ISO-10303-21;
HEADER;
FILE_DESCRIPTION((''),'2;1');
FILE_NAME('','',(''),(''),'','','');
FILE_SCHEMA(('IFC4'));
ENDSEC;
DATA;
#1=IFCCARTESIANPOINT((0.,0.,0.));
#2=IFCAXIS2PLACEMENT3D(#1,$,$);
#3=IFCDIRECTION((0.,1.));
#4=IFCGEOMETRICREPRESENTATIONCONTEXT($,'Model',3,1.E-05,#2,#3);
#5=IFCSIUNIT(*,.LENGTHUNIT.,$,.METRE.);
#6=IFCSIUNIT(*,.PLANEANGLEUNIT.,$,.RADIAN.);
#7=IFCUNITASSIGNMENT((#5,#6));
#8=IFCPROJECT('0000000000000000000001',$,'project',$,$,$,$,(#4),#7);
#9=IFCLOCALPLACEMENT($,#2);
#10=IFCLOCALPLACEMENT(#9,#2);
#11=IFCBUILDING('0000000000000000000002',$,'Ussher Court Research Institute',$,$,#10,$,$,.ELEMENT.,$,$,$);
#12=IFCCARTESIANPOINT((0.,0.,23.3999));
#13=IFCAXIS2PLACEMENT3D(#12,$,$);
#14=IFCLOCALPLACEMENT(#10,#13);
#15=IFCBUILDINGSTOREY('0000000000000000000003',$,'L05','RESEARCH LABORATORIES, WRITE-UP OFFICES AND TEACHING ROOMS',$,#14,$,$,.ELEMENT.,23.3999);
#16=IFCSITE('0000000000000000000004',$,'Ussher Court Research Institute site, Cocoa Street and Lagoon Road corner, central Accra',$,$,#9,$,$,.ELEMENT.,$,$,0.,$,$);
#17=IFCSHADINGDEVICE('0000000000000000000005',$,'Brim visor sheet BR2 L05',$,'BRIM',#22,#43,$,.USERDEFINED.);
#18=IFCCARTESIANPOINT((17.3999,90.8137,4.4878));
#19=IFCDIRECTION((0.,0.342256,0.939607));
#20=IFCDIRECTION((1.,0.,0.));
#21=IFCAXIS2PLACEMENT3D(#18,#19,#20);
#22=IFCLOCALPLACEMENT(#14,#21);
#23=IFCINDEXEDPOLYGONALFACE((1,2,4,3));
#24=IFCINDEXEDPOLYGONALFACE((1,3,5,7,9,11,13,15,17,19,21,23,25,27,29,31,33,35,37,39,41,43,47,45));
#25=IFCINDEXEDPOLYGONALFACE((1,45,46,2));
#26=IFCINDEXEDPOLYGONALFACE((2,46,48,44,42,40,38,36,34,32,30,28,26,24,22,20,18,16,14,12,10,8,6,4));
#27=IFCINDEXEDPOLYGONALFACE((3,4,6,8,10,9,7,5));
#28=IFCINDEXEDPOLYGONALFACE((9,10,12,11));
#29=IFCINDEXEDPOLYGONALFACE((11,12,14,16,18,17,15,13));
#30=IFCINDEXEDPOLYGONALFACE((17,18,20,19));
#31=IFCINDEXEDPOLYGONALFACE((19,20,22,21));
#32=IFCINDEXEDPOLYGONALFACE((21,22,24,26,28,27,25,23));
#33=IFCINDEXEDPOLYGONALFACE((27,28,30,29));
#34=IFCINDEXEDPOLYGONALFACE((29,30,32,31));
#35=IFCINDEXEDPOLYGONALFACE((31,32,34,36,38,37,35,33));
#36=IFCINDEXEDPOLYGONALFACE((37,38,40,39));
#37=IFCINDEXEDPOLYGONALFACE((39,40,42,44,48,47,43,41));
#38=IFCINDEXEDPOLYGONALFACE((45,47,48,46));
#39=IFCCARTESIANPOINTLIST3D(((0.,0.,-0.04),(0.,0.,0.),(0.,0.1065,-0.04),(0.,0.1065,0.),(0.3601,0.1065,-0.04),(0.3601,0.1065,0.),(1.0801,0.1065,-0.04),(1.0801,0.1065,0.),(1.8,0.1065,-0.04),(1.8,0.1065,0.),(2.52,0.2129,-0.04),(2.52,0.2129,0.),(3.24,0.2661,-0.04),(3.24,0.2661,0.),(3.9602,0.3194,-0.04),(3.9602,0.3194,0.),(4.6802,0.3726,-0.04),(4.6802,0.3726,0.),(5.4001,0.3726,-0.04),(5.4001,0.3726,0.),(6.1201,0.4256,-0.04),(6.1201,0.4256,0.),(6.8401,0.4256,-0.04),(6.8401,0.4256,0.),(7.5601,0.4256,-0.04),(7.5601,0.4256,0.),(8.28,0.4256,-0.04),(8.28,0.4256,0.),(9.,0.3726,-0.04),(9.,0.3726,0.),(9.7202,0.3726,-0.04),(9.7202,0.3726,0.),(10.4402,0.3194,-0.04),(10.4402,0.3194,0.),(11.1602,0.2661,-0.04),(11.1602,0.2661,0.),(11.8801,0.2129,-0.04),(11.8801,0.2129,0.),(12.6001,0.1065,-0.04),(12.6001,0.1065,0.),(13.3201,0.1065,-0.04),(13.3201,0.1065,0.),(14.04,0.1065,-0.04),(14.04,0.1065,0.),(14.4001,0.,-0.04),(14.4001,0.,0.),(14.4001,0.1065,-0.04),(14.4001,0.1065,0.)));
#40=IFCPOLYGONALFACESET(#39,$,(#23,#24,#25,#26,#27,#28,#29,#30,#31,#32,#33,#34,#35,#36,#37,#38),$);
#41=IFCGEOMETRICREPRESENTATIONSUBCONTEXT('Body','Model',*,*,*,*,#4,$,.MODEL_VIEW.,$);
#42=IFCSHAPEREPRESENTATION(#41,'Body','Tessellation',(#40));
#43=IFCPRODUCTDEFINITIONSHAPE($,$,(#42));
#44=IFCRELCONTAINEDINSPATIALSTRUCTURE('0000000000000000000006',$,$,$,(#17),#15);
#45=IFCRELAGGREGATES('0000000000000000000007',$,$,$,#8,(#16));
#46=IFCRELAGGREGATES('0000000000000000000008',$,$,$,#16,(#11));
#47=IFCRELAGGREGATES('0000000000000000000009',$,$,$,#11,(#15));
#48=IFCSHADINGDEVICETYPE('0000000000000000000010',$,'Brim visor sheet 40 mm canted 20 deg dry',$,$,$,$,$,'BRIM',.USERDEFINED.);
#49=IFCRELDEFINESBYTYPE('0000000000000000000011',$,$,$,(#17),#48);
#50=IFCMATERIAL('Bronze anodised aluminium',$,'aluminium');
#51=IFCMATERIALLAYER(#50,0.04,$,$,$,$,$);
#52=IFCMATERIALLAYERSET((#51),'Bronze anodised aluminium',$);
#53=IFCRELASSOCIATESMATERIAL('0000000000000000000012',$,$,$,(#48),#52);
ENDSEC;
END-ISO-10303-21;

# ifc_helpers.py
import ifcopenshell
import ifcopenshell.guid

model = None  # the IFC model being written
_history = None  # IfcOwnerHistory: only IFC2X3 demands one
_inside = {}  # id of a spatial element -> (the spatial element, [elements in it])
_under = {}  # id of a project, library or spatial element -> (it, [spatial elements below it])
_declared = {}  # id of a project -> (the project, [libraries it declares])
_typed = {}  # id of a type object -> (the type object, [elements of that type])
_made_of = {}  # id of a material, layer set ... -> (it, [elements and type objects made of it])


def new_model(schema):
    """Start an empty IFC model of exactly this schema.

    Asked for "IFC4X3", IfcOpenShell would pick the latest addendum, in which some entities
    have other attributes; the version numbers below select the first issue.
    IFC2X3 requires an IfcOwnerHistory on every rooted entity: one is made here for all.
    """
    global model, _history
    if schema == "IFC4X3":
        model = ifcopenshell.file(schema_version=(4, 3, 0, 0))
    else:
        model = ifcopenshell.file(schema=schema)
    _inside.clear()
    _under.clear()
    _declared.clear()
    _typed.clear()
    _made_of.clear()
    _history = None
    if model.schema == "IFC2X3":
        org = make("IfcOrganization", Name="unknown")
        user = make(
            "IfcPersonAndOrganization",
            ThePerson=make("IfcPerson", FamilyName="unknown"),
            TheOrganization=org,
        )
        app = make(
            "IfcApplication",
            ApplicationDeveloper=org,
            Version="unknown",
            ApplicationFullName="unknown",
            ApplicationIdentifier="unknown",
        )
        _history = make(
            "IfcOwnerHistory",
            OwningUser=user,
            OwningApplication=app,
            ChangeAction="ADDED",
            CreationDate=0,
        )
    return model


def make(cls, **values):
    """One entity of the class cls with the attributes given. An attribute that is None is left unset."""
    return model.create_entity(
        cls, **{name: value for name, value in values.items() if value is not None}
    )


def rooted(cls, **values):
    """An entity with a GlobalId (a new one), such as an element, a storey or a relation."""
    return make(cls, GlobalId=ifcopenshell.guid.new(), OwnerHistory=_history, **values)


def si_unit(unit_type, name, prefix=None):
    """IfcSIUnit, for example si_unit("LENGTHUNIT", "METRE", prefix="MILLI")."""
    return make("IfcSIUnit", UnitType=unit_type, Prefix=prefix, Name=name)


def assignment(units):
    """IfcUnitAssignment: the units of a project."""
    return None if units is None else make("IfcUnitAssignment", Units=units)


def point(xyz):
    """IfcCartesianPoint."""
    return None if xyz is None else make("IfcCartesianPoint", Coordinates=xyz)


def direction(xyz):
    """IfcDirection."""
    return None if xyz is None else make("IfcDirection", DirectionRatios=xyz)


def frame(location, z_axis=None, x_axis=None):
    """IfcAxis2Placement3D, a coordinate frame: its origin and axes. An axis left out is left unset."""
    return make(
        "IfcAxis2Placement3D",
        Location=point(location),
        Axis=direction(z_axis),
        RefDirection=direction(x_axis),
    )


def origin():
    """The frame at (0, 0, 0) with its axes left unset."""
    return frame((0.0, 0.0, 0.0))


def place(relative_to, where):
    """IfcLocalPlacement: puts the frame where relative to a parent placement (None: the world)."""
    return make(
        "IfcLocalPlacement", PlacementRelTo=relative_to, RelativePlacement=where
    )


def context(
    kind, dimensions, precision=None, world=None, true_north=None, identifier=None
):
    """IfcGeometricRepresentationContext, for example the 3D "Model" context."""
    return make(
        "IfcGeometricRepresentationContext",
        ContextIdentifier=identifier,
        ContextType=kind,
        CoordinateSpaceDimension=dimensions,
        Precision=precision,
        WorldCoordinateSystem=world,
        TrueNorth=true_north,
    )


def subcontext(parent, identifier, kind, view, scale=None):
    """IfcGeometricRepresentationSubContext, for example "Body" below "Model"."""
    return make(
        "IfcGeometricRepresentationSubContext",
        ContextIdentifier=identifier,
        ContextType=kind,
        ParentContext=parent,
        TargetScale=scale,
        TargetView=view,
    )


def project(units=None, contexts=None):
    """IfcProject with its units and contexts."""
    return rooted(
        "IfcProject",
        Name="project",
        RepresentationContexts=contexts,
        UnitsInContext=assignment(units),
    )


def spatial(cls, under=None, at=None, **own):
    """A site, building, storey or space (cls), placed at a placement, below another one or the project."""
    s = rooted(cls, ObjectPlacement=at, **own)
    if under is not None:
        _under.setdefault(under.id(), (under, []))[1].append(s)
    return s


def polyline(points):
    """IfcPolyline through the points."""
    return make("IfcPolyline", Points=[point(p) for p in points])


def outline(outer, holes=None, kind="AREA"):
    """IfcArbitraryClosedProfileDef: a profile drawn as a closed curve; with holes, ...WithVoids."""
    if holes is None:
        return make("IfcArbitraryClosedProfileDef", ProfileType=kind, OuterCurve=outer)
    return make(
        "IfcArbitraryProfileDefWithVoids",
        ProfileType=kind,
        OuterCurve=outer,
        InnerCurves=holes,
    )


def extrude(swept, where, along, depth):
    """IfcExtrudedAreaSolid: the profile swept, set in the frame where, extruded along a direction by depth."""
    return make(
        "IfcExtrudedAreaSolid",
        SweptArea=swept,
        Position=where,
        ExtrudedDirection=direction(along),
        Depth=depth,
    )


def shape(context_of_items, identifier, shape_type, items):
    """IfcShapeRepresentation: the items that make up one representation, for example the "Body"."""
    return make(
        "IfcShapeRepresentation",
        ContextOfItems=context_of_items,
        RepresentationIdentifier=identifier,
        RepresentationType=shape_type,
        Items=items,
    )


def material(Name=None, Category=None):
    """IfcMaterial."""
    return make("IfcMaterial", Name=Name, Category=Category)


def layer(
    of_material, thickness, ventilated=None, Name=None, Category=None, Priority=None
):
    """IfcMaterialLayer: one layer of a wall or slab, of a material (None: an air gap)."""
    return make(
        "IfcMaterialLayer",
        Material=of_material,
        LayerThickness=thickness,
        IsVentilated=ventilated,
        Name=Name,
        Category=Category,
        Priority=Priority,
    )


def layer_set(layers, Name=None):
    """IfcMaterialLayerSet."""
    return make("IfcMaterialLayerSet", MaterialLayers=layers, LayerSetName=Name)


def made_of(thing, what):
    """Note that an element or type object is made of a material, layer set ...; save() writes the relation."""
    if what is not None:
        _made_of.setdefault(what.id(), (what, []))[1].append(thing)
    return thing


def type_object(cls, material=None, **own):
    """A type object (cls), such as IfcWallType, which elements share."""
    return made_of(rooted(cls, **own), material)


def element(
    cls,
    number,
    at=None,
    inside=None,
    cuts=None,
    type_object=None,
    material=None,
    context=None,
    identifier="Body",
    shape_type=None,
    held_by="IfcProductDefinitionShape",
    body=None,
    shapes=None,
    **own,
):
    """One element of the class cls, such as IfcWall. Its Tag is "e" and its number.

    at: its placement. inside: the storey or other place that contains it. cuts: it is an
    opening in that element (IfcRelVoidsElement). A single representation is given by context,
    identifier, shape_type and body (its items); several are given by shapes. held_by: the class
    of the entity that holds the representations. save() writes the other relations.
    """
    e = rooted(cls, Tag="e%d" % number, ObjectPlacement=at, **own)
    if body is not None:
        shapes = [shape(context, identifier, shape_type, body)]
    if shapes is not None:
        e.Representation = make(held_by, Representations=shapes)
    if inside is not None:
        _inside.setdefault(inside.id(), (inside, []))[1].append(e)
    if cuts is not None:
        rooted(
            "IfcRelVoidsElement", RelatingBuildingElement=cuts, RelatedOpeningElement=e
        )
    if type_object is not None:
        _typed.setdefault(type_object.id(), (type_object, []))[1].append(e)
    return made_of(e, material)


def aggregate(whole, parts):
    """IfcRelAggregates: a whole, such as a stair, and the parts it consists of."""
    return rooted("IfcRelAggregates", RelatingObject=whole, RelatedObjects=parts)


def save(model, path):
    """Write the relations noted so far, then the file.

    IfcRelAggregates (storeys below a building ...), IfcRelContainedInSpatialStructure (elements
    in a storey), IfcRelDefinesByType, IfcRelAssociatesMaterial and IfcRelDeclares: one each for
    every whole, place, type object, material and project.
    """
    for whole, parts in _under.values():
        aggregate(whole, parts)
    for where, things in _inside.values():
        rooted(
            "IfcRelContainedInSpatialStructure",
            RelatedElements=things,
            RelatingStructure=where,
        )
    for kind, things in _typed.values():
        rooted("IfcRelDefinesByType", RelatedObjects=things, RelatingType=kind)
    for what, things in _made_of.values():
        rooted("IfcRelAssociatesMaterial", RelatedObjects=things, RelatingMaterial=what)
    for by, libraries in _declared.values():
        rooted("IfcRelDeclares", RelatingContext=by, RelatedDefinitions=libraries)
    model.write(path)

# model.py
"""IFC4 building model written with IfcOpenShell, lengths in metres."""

from ifc_helpers import new_model, si_unit, direction, frame, origin, place, context, subcontext, project, spatial, polyline, outline, extrude, material, layer, layer_set, type_object, element, save


model = new_model("IFC4")

# Units and contexts
model_context = context("Model", 3, precision=1e-05, world=origin(), true_north=direction((0.0, 1.0)))
body_context = subcontext(model_context, "Body", "Model", "MODEL_VIEW")
ifc_project = project(units=[si_unit("LENGTHUNIT", "METRE"), si_unit("PLANEANGLEUNIT", "RADIAN")], contexts=[model_context])

# Site, building, storey
site_placement = place(None, origin())
site = spatial("IfcSite", under=ifc_project, at=site_placement, Name="Ussher Court Research Institute site, Cocoa Street and Lagoon Road corner, central Accra", CompositionType="ELEMENT", RefElevation=0.0)
building_placement = place(site_placement, origin())
building = spatial("IfcBuilding", under=site, at=building_placement, Name="Ussher Court Research Institute", CompositionType="ELEMENT")
storey_placement = place(building_placement, frame((0.0, 0.0, 23.3999)))
storey = spatial("IfcBuildingStorey", under=building, at=storey_placement, Name="L05", Description="RESEARCH LABORATORIES, WRITE-UP OFFICES AND TEACHING ROOMS", CompositionType="ELEMENT", Elevation=23.3999)

# Shading device
ifc_material_1 = material(Name="Bronze anodised aluminium", Category="aluminium")
ifc_layer_1 = layer(ifc_material_1, 0.04)
ifc_layer_set_1 = layer_set([ifc_layer_1], Name="Bronze anodised aluminium")
shading_device_type_1 = type_object("IfcShadingDeviceType", Name="Brim visor sheet 40 mm canted 20 deg dry", ElementType="BRIM", PredefinedType="USERDEFINED", material=ifc_layer_set_1)
shading_device_1_placement = place(storey_placement, frame((17.3999, 90.8137, 4.4878), z_axis=(0.0, 0.342256, 0.939607), x_axis=(1.0, 0.0, 0.0)))
element("IfcShadingDevice", 1, at=shading_device_1_placement, inside=storey, type_object=shading_device_type_1, Name="Brim visor sheet BR2 L05", ObjectType="BRIM", PredefinedType="USERDEFINED", context=body_context, shape_type="SweptSolid", body=[
    extrude(outline(polyline([(0.0, 0.0), (14.4001, 0.0), (14.4001, 0.1065), (14.04, 0.1065), (13.3201, 0.1065), (12.6001, 0.1065), (11.8801, 0.2129), (11.1602, 0.2661), (10.4402, 0.3194), (9.7202, 0.3726), (9.0, 0.3726), (8.28, 0.4256), (7.5601, 0.4256), (6.8401, 0.4256), (6.1201, 0.4256), (5.4001, 0.3726), (4.6802, 0.3726), (3.9602, 0.3194), (3.24, 0.2661), (2.52, 0.2129), (1.8, 0.1065), (1.0801, 0.1065), (0.3601, 0.1065), (0.0, 0.1065), (0.0, 0.0)])), origin(), (0.0, 0.0, -1.0), 0.04),
])

save(model, "model.ifc")
